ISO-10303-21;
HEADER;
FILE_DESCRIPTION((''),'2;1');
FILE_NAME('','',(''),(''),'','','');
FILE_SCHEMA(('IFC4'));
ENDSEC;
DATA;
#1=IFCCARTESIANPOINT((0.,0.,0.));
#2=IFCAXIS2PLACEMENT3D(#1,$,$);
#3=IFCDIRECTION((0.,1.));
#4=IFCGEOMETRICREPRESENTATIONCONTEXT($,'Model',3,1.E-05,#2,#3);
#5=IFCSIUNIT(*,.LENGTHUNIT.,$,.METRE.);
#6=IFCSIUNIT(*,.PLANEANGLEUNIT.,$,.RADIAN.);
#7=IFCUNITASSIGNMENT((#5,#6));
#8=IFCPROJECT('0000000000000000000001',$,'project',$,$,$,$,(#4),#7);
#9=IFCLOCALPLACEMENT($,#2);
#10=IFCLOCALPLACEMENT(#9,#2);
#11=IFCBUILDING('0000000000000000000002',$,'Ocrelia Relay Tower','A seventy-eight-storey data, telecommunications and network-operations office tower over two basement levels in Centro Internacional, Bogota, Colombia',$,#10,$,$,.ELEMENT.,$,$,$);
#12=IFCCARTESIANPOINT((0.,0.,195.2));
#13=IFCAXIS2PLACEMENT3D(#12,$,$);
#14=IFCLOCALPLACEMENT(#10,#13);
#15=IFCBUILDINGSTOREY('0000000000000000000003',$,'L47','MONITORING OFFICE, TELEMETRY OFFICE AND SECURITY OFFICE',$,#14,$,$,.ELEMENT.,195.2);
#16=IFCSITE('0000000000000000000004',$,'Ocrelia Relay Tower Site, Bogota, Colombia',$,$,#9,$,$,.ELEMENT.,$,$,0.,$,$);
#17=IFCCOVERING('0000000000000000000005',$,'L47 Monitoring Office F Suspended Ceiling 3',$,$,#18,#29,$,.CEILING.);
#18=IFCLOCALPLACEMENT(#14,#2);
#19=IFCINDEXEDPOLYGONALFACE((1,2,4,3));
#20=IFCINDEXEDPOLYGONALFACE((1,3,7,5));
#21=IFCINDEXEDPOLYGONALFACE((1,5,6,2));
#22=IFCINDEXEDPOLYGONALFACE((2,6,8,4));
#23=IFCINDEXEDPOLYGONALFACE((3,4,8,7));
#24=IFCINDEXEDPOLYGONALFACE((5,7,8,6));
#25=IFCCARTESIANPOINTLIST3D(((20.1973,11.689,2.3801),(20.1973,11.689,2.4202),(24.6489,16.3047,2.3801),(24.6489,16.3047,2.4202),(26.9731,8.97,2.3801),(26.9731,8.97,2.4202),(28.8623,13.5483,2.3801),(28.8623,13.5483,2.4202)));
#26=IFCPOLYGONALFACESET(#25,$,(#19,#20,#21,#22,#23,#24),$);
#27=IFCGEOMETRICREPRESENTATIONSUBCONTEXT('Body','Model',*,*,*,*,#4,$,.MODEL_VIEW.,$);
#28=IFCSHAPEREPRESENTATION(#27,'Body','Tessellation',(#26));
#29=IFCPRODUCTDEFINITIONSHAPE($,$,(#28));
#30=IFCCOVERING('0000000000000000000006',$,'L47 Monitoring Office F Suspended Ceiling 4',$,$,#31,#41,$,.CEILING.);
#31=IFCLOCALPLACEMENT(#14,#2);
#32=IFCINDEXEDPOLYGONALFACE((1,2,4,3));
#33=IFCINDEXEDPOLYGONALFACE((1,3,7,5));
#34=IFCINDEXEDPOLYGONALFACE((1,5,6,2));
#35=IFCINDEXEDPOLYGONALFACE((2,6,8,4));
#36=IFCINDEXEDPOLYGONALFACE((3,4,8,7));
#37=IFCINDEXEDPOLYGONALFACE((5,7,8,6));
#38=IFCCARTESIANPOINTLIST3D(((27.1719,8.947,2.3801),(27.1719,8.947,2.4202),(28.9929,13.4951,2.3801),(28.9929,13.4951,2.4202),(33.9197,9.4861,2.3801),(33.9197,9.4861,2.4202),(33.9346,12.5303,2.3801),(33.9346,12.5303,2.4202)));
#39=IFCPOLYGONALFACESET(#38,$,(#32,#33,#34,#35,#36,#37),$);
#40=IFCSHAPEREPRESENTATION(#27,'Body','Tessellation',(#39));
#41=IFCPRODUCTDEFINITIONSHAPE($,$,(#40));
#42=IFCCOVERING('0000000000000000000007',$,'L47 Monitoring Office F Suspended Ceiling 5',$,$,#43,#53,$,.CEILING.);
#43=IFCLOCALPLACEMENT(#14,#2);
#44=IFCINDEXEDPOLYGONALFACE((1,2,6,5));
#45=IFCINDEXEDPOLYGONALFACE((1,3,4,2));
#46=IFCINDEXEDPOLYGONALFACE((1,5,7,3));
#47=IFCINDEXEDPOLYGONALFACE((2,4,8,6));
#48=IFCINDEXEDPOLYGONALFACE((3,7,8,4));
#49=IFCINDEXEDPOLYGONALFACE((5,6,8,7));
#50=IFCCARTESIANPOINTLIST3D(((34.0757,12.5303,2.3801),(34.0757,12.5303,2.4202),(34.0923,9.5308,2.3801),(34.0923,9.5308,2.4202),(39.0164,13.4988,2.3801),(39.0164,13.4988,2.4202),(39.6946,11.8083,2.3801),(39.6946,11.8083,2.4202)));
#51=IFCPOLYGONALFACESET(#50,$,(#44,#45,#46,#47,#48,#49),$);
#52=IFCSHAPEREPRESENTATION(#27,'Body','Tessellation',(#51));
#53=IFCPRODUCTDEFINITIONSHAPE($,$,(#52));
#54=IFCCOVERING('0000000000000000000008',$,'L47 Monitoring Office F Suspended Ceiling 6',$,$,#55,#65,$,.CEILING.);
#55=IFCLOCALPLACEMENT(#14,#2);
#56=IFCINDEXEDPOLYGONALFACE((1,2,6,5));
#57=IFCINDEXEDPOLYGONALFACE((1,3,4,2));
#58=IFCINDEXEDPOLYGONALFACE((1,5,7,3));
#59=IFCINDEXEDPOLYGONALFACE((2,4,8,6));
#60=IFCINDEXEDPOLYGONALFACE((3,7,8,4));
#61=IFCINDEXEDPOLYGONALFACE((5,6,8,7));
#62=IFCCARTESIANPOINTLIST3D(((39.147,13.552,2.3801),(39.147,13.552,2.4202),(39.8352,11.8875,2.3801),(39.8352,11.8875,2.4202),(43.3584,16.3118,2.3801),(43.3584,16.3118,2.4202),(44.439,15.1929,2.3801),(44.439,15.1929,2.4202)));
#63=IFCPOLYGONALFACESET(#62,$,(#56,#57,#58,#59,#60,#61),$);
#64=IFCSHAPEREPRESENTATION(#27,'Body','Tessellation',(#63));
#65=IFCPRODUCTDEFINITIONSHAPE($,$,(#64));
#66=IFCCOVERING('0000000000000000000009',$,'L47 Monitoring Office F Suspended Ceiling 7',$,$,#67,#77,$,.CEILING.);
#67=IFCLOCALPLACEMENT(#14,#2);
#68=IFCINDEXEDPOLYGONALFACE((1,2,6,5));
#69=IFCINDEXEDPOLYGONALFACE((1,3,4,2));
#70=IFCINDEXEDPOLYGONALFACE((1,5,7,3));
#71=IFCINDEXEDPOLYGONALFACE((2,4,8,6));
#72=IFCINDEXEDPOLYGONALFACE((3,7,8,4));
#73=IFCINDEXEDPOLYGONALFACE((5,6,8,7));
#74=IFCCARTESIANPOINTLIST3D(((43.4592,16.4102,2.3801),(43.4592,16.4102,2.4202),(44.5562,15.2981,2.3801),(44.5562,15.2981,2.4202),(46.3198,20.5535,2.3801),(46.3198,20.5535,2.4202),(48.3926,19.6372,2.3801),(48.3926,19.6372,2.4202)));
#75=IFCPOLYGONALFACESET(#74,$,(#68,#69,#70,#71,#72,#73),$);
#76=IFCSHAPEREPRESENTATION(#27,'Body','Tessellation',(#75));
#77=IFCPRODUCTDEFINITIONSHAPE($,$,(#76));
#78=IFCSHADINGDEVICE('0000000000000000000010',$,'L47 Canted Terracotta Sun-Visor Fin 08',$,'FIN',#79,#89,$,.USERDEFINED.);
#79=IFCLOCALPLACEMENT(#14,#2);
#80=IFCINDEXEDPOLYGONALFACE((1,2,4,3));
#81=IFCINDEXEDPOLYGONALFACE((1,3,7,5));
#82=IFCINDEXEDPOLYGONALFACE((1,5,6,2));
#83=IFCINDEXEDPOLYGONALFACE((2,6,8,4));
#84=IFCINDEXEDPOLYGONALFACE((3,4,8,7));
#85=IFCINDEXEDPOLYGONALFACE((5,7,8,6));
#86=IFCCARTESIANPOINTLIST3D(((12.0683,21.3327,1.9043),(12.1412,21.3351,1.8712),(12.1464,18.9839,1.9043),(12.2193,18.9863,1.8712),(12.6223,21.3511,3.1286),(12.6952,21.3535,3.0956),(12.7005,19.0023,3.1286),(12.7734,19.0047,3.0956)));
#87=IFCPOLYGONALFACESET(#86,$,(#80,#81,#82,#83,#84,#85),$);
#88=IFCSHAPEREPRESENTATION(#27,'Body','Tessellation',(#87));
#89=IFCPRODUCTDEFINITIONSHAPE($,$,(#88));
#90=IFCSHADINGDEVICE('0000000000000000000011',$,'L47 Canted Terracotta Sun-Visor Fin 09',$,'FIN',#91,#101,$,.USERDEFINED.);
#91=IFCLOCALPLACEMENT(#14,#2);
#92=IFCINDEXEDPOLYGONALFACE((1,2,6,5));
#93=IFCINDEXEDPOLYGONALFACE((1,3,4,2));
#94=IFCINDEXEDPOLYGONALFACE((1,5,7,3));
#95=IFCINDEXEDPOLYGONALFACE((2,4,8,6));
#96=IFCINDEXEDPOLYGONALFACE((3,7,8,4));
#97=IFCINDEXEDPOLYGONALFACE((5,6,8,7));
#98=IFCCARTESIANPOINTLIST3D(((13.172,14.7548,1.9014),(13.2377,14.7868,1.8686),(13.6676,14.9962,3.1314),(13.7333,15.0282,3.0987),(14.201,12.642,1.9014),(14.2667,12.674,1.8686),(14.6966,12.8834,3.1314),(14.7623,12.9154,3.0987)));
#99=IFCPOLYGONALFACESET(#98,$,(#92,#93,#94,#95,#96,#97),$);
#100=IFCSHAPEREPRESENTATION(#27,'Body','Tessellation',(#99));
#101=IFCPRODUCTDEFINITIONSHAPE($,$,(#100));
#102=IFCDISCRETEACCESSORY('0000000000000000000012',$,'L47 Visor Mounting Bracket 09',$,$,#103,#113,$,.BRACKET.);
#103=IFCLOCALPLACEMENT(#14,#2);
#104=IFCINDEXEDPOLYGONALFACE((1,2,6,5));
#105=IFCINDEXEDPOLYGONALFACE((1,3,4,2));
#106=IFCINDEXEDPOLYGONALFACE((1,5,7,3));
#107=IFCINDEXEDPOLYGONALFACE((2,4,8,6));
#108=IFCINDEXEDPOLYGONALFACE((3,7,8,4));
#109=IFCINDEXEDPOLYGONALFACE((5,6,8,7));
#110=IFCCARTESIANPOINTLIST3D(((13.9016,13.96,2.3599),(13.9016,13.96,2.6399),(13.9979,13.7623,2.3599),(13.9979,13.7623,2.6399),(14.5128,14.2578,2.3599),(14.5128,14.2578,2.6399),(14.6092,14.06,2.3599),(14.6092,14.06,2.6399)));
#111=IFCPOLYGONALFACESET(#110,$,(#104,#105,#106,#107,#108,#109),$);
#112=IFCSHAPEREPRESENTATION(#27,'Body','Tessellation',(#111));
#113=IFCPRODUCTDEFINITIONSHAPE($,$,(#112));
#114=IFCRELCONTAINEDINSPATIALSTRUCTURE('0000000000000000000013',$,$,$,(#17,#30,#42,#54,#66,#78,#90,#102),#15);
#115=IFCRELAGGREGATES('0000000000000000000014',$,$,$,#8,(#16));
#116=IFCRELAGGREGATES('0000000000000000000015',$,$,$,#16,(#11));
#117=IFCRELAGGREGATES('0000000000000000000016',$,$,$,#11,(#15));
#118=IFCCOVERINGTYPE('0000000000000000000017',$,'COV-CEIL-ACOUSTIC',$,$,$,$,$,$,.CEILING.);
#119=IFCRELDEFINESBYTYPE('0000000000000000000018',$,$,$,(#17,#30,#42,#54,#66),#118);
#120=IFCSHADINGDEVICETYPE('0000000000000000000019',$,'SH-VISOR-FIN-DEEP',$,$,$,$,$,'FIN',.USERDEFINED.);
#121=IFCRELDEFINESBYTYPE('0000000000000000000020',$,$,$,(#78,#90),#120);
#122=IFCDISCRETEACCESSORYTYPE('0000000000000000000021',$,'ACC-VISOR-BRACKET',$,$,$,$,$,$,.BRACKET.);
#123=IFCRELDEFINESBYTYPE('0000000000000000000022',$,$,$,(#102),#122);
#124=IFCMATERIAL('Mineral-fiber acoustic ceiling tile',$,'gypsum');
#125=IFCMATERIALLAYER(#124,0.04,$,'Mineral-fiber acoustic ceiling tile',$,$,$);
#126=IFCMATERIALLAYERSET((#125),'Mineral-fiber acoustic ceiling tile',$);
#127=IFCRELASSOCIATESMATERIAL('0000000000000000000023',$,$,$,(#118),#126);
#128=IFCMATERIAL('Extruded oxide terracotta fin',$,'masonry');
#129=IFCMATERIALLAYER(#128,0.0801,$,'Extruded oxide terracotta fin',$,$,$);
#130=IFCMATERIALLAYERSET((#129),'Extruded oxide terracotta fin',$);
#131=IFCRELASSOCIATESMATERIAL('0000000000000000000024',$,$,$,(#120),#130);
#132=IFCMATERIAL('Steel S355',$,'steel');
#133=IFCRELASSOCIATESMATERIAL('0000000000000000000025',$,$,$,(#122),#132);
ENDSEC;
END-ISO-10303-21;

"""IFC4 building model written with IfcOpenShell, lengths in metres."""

from ifc_helpers import new_model, si_unit, direction, frame, origin, origin_2d, place, context, subcontext, project, spatial, polyline, rectangle, outline, extrude, material, layer, layer_set, type_object, element, save


model = new_model("IFC4")

# Units and contexts
model_context = context("Model", 3, precision=1e-05, world=origin(), true_north=direction((0.0, 1.0)))
body_context = subcontext(model_context, "Body", "Model", "MODEL_VIEW")
ifc_project = project(units=[si_unit("LENGTHUNIT", "METRE"), si_unit("PLANEANGLEUNIT", "RADIAN")], contexts=[model_context])

# Site, building, storey
site_placement = place(None, origin())
site = spatial("IfcSite", under=ifc_project, at=site_placement, Name="Ocrelia Relay Tower Site, Bogota, Colombia", CompositionType="ELEMENT", RefElevation=0.0)
building_placement = place(site_placement, origin())
building = spatial("IfcBuilding", under=site, at=building_placement, Name="Ocrelia Relay Tower", Description="A seventy-eight-storey data, telecommunications and network-operations office tower over two basement levels in Centro Internacional, Bogota, Colombia", CompositionType="ELEMENT")
storey_placement = place(building_placement, frame((0.0, 0.0, 195.2)))
storey = spatial("IfcBuildingStorey", under=building, at=storey_placement, Name="L47", Description="MONITORING OFFICE, TELEMETRY OFFICE AND SECURITY OFFICE", CompositionType="ELEMENT", Elevation=195.2)

# Coverings
ifc_material_1 = material(Name="Mineral-fiber acoustic ceiling tile", Category="gypsum")
ifc_layer_1 = layer(ifc_material_1, 0.04, Name="Mineral-fiber acoustic ceiling tile")
ifc_layer_set_1 = layer_set([ifc_layer_1], Name="Mineral-fiber acoustic ceiling tile")
covering_type = type_object("IfcCoveringType", Name="COV-CEIL-ACOUSTIC", PredefinedType="CEILING", material=ifc_layer_set_1)
covering_1_placement = place(storey_placement, frame((0.0, 0.0, 2.3801)))
element("IfcCovering", 1, at=covering_1_placement, inside=storey, type_object=covering_type, Name="L47 Monitoring Office F Suspended Ceiling 3", PredefinedType="CEILING", context=body_context, shape_type="SweptSolid", body=[
    extrude(outline(polyline([(24.6489, 16.3047), (20.1973, 11.689), (26.9731, 8.97), (28.8623, 13.5483), (24.6489, 16.3047)])), origin(), (0.0, 0.0, 1.0), 0.04),
])
covering_2_placement = place(storey_placement, frame((0.0, 0.0, 2.3801)))
element("IfcCovering", 2, at=covering_2_placement, inside=storey, type_object=covering_type, Name="L47 Monitoring Office F Suspended Ceiling 4", PredefinedType="CEILING", context=body_context, shape_type="SweptSolid", body=[
    extrude(outline(polyline([(28.9929, 13.4951), (27.1719, 8.947), (33.9197, 9.4861), (33.9346, 12.5303), (28.9929, 13.4951)])), origin(), (0.0, 0.0, 1.0), 0.04),
])
covering_3_placement = place(storey_placement, frame((0.0, 0.0, 2.3801)))
element("IfcCovering", 3, at=covering_3_placement, inside=storey, type_object=covering_type, Name="L47 Monitoring Office F Suspended Ceiling 5", PredefinedType="CEILING", context=body_context, shape_type="SweptSolid", body=[
    extrude(outline(polyline([(34.0757, 12.5303), (34.0923, 9.5308), (39.6946, 11.8083), (39.0164, 13.4988), (34.0757, 12.5303)])), origin(), (0.0, 0.0, 1.0), 0.04),
])
covering_4_placement = place(storey_placement, frame((0.0, 0.0, 2.3801)))
element("IfcCovering", 4, at=covering_4_placement, inside=storey, type_object=covering_type, Name="L47 Monitoring Office F Suspended Ceiling 6", PredefinedType="CEILING", context=body_context, shape_type="SweptSolid", body=[
    extrude(outline(polyline([(39.147, 13.552), (39.8352, 11.8875), (44.439, 15.1929), (43.3584, 16.3118), (39.147, 13.552)])), origin(), (0.0, 0.0, 1.0), 0.04),
])
covering_5_placement = place(storey_placement, frame((0.0, 0.0, 2.3801)))
element("IfcCovering", 5, at=covering_5_placement, inside=storey, type_object=covering_type, Name="L47 Monitoring Office F Suspended Ceiling 7", PredefinedType="CEILING", context=body_context, shape_type="SweptSolid", body=[
    extrude(outline(polyline([(43.4592, 16.4102), (44.5562, 15.2981), (48.3926, 19.6372), (46.3198, 20.5535), (43.4592, 16.4102)])), origin(), (0.0, 0.0, 1.0), 0.04),
])

# Shading devices
ifc_material_2 = material(Name="Extruded oxide terracotta fin", Category="masonry")
ifc_layer_2 = layer(ifc_material_2, 0.0801, Name="Extruded oxide terracotta fin")
ifc_layer_set_2 = layer_set([ifc_layer_2], Name="Extruded oxide terracotta fin")
shading_device_type = type_object("IfcShadingDeviceType", Name="SH-VISOR-FIN-DEEP", ElementType="FIN", PredefinedType="USERDEFINED", material=ifc_layer_set_2)
shading_device_1_placement = place(storey_placement, frame((12.4573, 20.1699, 2.4834), z_axis=(-0.910468, -0.030307, 0.412469), x_axis=(0.033269, -0.999446, 0.0)))
element("IfcShadingDevice", 6, at=shading_device_1_placement, inside=storey, type_object=shading_device_type, Name="L47 Canted Terracotta Sun-Visor Fin 08", ObjectType="FIN", PredefinedType="USERDEFINED", context=body_context, shape_type="SweptSolid", body=[
    extrude(rectangle(XDim=2.3501, YDim=1.344, at=origin_2d()), origin(), (0.0, 0.0, 1.0), 0.0801),
])
shading_device_2_placement = place(storey_placement, frame((14.0, 13.8511, 2.4836), z_axis=(-0.820409, -0.399594, 0.408968), x_axis=(0.437888, -0.89903, 0.0)))
element("IfcShadingDevice", 7, at=shading_device_2_placement, inside=storey, type_object=shading_device_type, Name="L47 Canted Terracotta Sun-Visor Fin 09", ObjectType="FIN", PredefinedType="USERDEFINED", context=body_context, shape_type="SweptSolid", body=[
    extrude(rectangle(XDim=2.3501, YDim=1.3479, at=origin_2d()), origin(), (0.0, 0.0, 1.0), 0.0801),
])

# Discrete accessory
ifc_material_3 = material(Name="Steel S355", Category="steel")
discrete_accessory_type = type_object("IfcDiscreteAccessoryType", Name="ACC-VISOR-BRACKET", PredefinedType="BRACKET", material=ifc_material_3)
discrete_accessory_placement = place(storey_placement, frame((14.2554, 14.01, 2.3599), z_axis=(0.0, 0.0, 1.0), x_axis=(0.437888, -0.89903, 0.0)))
element("IfcDiscreteAccessory", 8, at=discrete_accessory_placement, inside=storey, type_object=discrete_accessory_type, Name="L47 Visor Mounting Bracket 09", PredefinedType="BRACKET", context=body_context, shape_type="SweptSolid", body=[
    extrude(rectangle(XDim=0.22, YDim=0.6799, at=origin_2d()), origin(), (0.0, 0.0, 1.0), 0.28),
])

save(model, "model.ifc")
